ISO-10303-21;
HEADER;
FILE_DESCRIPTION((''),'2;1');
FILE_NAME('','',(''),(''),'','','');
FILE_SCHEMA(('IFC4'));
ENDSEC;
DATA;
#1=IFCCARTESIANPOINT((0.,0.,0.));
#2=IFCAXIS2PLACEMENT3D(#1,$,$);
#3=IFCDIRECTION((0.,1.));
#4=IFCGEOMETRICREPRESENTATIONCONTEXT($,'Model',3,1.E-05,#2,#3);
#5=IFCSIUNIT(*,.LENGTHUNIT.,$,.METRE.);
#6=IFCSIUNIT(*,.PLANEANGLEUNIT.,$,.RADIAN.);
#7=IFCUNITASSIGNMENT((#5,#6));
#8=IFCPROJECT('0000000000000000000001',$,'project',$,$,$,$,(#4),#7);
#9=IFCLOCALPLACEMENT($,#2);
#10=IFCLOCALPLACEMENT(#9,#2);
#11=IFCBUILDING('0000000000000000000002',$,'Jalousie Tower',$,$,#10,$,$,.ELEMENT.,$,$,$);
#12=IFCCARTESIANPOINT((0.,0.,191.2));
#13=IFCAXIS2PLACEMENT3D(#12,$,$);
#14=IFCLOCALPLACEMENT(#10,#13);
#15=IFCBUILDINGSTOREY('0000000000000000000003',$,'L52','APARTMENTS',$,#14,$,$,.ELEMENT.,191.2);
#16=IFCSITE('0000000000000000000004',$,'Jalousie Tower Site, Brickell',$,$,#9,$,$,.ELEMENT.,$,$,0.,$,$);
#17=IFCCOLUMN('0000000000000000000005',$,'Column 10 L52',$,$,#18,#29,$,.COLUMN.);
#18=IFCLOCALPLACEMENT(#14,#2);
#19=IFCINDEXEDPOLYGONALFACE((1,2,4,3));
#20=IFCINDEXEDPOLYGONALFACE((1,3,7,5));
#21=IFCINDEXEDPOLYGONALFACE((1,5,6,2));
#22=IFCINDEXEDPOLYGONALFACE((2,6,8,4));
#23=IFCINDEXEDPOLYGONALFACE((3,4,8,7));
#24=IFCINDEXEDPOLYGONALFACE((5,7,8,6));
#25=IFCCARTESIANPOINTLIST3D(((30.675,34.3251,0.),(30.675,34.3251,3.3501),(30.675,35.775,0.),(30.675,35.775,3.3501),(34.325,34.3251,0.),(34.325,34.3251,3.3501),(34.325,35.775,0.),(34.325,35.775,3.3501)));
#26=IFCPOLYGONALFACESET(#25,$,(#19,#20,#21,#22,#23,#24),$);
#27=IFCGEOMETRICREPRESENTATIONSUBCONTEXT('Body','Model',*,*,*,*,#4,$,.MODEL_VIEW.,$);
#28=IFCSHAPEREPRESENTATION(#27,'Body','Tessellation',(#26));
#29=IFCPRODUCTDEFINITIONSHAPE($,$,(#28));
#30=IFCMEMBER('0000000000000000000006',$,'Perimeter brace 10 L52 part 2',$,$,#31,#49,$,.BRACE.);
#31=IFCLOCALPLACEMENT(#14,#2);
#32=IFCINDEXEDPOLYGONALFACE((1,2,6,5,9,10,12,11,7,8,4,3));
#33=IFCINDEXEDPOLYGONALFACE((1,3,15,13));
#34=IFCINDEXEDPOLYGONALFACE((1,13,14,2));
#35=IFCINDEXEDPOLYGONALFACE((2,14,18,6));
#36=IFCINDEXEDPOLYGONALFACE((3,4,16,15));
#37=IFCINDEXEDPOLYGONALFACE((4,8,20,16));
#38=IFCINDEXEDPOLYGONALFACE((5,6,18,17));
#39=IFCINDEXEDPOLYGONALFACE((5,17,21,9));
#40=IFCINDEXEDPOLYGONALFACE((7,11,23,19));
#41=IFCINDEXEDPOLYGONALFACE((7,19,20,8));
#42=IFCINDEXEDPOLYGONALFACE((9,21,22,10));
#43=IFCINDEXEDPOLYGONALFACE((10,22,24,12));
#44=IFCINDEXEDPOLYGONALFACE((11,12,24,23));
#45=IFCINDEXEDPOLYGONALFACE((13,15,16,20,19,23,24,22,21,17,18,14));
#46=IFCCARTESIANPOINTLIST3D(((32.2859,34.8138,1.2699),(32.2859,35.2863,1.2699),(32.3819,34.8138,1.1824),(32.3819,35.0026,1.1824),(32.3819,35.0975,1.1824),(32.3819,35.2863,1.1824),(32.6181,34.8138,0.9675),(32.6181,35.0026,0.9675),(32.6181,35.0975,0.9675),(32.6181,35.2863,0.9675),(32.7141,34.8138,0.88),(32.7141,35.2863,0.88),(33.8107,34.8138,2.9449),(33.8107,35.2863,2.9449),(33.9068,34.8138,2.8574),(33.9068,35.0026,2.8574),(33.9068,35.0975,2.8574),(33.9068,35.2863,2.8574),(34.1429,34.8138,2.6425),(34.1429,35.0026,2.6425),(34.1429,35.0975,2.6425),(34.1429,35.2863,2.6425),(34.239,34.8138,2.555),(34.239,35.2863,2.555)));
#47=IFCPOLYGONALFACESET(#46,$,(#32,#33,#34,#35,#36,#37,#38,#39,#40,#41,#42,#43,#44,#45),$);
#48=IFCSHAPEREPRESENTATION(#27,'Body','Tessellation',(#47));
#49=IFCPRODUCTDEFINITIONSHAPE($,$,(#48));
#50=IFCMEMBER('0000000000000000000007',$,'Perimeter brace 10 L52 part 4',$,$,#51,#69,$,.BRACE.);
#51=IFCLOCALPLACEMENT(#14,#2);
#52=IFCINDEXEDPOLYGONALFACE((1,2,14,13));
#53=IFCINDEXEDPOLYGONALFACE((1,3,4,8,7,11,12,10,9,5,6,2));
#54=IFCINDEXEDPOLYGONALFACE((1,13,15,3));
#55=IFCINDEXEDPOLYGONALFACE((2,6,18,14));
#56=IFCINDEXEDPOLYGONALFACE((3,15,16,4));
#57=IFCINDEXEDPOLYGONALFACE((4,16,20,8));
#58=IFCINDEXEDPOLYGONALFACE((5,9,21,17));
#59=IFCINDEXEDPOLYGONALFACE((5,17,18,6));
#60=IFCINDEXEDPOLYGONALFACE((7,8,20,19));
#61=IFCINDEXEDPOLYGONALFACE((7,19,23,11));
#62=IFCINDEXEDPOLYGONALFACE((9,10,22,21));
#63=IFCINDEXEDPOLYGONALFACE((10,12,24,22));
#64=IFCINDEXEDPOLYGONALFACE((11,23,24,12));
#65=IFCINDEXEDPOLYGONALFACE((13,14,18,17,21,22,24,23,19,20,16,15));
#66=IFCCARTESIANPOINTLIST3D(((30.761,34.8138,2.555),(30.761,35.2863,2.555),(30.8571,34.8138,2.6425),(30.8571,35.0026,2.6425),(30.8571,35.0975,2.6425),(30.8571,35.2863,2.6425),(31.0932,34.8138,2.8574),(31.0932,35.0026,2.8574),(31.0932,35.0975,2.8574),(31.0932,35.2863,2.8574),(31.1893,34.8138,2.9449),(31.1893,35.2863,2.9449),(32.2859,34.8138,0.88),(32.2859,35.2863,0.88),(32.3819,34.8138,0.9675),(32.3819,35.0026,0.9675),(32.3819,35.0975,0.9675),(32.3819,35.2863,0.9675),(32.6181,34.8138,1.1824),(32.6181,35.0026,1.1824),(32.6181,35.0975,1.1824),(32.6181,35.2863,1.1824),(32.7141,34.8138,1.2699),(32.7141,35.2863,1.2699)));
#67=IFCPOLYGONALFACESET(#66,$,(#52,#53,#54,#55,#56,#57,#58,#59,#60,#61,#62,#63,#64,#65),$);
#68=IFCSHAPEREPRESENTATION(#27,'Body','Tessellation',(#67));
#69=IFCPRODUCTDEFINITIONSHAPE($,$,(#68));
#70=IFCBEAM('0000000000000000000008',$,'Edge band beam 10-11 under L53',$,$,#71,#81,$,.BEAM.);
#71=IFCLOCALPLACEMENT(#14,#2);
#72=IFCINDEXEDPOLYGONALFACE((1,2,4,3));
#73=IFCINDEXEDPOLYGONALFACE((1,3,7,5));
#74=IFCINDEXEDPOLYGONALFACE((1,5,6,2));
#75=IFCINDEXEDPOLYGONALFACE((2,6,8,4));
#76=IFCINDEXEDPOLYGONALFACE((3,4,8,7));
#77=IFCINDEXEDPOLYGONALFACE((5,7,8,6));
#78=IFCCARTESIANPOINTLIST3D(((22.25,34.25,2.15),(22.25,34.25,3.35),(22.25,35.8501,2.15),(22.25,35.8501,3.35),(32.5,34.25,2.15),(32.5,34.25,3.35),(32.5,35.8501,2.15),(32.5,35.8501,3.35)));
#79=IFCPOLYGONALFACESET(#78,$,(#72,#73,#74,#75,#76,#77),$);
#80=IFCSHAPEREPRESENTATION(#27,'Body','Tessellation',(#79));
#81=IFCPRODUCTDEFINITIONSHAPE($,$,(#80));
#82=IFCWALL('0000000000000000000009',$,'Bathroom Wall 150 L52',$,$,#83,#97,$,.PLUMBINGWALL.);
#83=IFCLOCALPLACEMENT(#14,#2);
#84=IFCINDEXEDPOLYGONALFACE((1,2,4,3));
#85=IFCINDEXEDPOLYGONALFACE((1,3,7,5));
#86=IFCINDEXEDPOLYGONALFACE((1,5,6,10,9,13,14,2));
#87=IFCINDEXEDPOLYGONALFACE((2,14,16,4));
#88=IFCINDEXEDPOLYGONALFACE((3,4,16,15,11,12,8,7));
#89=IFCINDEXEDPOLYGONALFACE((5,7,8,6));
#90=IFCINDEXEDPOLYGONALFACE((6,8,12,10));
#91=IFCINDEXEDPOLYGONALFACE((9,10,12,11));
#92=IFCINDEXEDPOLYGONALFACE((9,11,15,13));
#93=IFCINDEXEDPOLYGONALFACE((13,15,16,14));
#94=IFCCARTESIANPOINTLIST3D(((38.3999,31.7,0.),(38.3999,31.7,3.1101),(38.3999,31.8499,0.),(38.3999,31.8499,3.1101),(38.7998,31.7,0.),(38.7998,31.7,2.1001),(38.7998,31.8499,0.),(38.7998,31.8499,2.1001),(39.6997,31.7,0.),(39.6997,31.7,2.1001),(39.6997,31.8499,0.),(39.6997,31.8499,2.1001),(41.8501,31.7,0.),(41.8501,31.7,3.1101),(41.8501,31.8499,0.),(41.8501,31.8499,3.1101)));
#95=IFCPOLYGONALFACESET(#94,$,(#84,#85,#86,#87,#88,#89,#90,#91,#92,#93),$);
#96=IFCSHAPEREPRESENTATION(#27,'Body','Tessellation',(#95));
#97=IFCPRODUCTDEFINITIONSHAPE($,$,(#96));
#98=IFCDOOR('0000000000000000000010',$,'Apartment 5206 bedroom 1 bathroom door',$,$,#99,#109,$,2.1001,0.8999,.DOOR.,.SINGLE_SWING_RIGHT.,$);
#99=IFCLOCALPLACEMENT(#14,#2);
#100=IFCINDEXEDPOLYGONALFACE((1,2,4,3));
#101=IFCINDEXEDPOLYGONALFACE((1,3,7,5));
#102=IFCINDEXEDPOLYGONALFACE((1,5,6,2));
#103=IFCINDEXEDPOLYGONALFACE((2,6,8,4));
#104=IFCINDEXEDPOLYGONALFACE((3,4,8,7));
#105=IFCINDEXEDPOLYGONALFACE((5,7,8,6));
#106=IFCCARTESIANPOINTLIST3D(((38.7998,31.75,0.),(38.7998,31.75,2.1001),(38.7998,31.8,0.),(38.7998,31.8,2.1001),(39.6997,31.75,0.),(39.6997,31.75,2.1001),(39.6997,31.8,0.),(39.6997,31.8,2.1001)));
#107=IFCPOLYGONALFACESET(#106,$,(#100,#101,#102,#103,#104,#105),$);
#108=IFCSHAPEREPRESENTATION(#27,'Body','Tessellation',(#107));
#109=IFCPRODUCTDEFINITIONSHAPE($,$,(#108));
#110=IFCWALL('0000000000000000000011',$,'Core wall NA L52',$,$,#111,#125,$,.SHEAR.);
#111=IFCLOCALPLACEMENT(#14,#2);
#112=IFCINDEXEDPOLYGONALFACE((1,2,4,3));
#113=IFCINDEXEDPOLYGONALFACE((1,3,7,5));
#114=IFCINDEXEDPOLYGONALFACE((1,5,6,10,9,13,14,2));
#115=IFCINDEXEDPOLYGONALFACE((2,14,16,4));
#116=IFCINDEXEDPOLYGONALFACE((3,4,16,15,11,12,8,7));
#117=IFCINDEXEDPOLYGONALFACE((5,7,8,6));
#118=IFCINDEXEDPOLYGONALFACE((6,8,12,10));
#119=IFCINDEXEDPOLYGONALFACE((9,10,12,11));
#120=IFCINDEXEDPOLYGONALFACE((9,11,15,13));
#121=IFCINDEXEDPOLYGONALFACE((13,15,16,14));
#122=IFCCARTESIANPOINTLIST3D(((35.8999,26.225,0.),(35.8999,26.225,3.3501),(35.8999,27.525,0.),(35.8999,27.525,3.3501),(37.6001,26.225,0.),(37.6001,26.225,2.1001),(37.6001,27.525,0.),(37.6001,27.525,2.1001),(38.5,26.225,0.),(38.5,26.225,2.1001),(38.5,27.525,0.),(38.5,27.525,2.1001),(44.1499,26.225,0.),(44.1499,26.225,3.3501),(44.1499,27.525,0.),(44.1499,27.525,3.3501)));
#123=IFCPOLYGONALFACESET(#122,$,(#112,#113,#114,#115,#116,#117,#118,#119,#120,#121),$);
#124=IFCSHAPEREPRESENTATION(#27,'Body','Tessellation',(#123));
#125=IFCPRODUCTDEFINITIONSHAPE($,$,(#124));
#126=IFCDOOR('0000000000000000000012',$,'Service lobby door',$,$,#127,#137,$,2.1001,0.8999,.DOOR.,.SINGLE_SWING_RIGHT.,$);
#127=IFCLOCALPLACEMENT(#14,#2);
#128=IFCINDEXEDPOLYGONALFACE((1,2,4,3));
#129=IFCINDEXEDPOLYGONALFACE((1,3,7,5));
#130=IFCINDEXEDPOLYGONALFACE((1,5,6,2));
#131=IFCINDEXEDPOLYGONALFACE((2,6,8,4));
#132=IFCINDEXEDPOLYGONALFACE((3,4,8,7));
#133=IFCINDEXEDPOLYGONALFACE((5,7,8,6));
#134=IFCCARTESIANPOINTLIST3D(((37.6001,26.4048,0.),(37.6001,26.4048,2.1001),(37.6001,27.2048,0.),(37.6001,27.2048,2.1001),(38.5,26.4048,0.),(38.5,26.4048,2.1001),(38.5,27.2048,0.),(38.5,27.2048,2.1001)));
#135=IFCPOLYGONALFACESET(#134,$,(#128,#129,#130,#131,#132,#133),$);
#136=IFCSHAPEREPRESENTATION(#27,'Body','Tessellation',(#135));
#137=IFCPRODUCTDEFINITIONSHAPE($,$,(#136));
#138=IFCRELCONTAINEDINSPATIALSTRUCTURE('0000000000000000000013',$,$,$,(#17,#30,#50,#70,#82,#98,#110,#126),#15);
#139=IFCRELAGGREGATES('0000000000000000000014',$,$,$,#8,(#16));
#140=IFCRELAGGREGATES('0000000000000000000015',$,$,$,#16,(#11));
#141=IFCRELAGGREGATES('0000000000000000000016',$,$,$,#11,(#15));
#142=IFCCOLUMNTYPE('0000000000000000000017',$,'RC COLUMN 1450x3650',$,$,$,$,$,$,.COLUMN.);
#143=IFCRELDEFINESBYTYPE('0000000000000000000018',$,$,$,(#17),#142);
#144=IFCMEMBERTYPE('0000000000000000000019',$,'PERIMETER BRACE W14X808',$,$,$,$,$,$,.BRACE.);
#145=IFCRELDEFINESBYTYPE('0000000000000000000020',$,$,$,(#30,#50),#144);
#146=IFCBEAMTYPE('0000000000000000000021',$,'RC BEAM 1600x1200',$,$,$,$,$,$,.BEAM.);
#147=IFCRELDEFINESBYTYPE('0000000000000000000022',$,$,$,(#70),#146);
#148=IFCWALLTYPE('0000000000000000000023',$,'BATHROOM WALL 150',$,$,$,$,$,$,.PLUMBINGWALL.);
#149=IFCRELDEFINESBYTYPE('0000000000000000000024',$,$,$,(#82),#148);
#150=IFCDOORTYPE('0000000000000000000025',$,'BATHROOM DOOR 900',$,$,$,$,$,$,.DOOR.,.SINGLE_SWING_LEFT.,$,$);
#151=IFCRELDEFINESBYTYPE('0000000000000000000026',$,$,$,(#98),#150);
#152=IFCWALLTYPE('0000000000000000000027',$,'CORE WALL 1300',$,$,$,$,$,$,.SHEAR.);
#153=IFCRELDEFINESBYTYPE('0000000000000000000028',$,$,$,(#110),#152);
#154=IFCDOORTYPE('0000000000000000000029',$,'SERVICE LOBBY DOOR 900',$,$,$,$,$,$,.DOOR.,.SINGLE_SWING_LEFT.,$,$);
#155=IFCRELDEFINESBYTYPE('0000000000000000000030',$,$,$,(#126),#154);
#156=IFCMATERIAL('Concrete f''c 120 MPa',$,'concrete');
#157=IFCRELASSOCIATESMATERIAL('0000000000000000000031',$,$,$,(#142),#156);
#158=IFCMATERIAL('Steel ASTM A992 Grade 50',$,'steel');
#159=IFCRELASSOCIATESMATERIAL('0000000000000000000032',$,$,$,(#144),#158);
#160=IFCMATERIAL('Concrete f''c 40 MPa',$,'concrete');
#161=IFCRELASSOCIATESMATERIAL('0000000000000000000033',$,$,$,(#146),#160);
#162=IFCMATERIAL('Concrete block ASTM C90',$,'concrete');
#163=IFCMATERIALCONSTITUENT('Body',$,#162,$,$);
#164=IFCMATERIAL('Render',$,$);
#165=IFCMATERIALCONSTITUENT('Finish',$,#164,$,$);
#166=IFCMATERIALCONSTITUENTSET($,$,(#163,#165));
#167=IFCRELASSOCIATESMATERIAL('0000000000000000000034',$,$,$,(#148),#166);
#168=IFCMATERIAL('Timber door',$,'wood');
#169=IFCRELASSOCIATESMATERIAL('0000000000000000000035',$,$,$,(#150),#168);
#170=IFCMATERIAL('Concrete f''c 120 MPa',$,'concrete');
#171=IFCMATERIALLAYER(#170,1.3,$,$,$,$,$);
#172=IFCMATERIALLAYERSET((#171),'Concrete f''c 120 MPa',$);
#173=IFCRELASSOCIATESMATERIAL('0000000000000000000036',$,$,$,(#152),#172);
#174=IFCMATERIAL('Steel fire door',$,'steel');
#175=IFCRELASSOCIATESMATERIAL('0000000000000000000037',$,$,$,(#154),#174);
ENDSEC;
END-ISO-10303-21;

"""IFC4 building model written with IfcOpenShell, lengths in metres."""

from ifc_helpers import new_model, si_unit, direction, frame, frame_2d, origin, origin_2d, place, context, subcontext, project, spatial, rectangle, i_section, extrude, material, layer, layer_set, constituent, constituent_set, material_profile, profile_set, type_object, element, fill, save


model = new_model("IFC4")

# Units and contexts
model_context = context("Model", 3, precision=1e-05, world=origin(), true_north=direction((0.0, 1.0)))
body_context = subcontext(model_context, "Body", "Model", "MODEL_VIEW")
ifc_project = project(units=[si_unit("LENGTHUNIT", "METRE"), si_unit("PLANEANGLEUNIT", "RADIAN")], contexts=[model_context])

# Site, building, storey
site_placement = place(None, origin())
site = spatial("IfcSite", under=ifc_project, at=site_placement, Name="Jalousie Tower Site, Brickell", CompositionType="ELEMENT", RefElevation=0.0)
building_placement = place(site_placement, origin())
building = spatial("IfcBuilding", under=site, at=building_placement, Name="Jalousie Tower", CompositionType="ELEMENT")
storey_placement = place(building_placement, frame((0.0, 0.0, 191.2)))
storey = spatial("IfcBuildingStorey", under=building, at=storey_placement, Name="L52", Description="APARTMENTS", CompositionType="ELEMENT", Elevation=191.2)

# Column
ifc_material_1 = material(Name="Concrete f'c 120 MPa", Category="concrete")
ifc_material_profile_1 = material_profile(ifc_material_1, rectangle(XDim=1.45, YDim=3.6499, at=origin_2d()), Name="RC 1450x3650")
ifc_profile_set_1 = profile_set([ifc_material_profile_1], Name="Concrete f'c 120 MPa")
column_type = type_object("IfcColumnType", Name="RC COLUMN 1450x3650", PredefinedType="COLUMN", material=ifc_profile_set_1)
column_placement = place(storey_placement, frame((32.5, 35.05, 0.0), z_axis=(0.0, 0.0, 1.0), x_axis=(0.0, 1.0, 0.0)))
element("IfcColumn", 1, at=column_placement, inside=storey, type_object=column_type, Name="Column 10 L52", PredefinedType="COLUMN", context=body_context, shape_type="SweptSolid", body=[
    extrude(rectangle(XDim=1.45, YDim=3.6499, at=origin_2d()), origin(), (0.0, 0.0, 1.0), 3.3501),
])

# Members
ifc_material_2 = material(Name="Steel ASTM A992 Grade 50", Category="steel")
ifc_material_profile_2 = material_profile(ifc_material_2, i_section(OverallWidth=0.4724, OverallDepth=0.5791, WebThickness=0.095, FlangeThickness=0.1299, at=origin_2d()), Name="W14X808")
ifc_profile_set_2 = profile_set([ifc_material_profile_2], Name="Steel ASTM A992 Grade 50")
member_type = type_object("IfcMemberType", Name="PERIMETER BRACE W14X808", PredefinedType="BRACE", material=ifc_profile_set_2)
for number, where, z_axis, x_axis, name in (
    (2, (32.5, 35.05, 1.075), (0.673188, 0.0, 0.739472), (0.0, 1.0, 0.0), "Perimeter brace 10 L52 part 2"),
    (3, (32.5, 35.05, 1.075), (-0.673188, 0.0, 0.739472), (0.0, -1.0, 0.0), "Perimeter brace 10 L52 part 4"),
):
    element("IfcMember", number, at=place(storey_placement, frame(where, z_axis=z_axis, x_axis=x_axis)), inside=storey, type_object=member_type, Name=name, PredefinedType="BRACE", context=body_context, shape_type="SweptSolid", body=[
        extrude(i_section(OverallWidth=0.4724, OverallDepth=0.5791, WebThickness=0.095, FlangeThickness=0.1299, at=origin_2d()), origin(), (0.0, 0.0, 1.0), 2.2651),
    ])

# Beam
ifc_material_3 = material(Name="Concrete f'c 40 MPa", Category="concrete")
ifc_material_profile_3 = material_profile(ifc_material_3, rectangle(XDim=1.6001, YDim=1.2, at=origin_2d()), Name="RC 1600x1200")
ifc_profile_set_3 = profile_set([ifc_material_profile_3], Name="Concrete f'c 40 MPa")
beam_type = type_object("IfcBeamType", Name="RC BEAM 1600x1200", PredefinedType="BEAM", material=ifc_profile_set_3)
beam_placement = place(storey_placement, frame((32.5, 35.05, 2.75), z_axis=(-1.0, 0.0, 0.0), x_axis=(0.0, -1.0, 0.0)))
element("IfcBeam", 4, at=beam_placement, inside=storey, type_object=beam_type, Name="Edge band beam 10-11 under L53", PredefinedType="BEAM", context=body_context, shape_type="SweptSolid", body=[
    extrude(rectangle(XDim=1.6001, YDim=1.2, at=origin_2d()), origin(), (0.0, 0.0, 1.0), 10.25),
])

# Walls, openings, doors
ifc_material_4 = material(Name="Concrete block ASTM C90", Category="concrete")
ifc_constituent_1 = constituent(ifc_material_4, Name="Body")
ifc_material_5 = material(Name="Render")
ifc_constituent_2 = constituent(ifc_material_5, Name="Finish")
ifc_constituent_set_1 = constituent_set(constituents=[ifc_constituent_1, ifc_constituent_2])
wall_type_1 = type_object("IfcWallType", Name="BATHROOM WALL 150", PredefinedType="PLUMBINGWALL", material=ifc_constituent_set_1)
wall_1_placement = place(storey_placement, frame((38.3999, 31.7749, 0.0), z_axis=(0.0, 0.0, 1.0), x_axis=(1.0, 0.0, 0.0)))
wall_1 = element("IfcWall", 5, at=wall_1_placement, inside=storey, type_object=wall_type_1, Name="Bathroom Wall 150 L52", PredefinedType="PLUMBINGWALL", context=body_context, shape_type="SweptSolid", body=[
    extrude(rectangle(XDim=3.4502, YDim=0.1499, at=frame_2d((1.7251, 0.0))), origin(), (0.0, 0.0, 1.0), 3.1101),
])
opening_1_placement = place(wall_1_placement, frame((0.3999, 0.0, 0.0)))
opening_1 = element("IfcOpeningElement", 6, at=opening_1_placement, cuts=wall_1, PredefinedType="OPENING", context=body_context, shape_type="SweptSolid", body=[
    extrude(rectangle(XDim=0.8999, YDim=2.1001, at=frame_2d((0.45, 1.05))), frame((0.0, 0.085, 0.0), z_axis=(0.0, -1.0, 0.0), x_axis=(1.0, 0.0, 0.0)), (0.0, 0.0, 1.0), 0.1699),
])
ifc_material_6 = material(Name="Timber door", Category="wood")
door_type_1 = type_object("IfcDoorType", Name="BATHROOM DOOR 900", OperationType="SINGLE_SWING_LEFT", PredefinedType="DOOR", material=ifc_material_6)
door_1_placement = place(opening_1_placement, frame((0.8999, 0.0, 0.0), z_axis=(0.0, 0.0, 1.0), x_axis=(-1.0, 0.0, 0.0)))
door_1 = element("IfcDoor", 7, at=door_1_placement, inside=storey, type_object=door_type_1, Name="Apartment 5206 bedroom 1 bathroom door", OperationType="SINGLE_SWING_RIGHT", OverallHeight=2.1001, OverallWidth=0.8999, PredefinedType="DOOR", context=body_context, shape_type="SweptSolid", body=[
    extrude(rectangle(XDim=0.8999, YDim=2.1001, at=frame_2d((0.45, 1.05))), frame((0.0, 0.0249, 0.0), z_axis=(0.0, -1.0, 0.0), x_axis=(1.0, 0.0, 0.0)), (0.0, 0.0, 1.0), 0.05),
])
fill(opening_1, door_1)
ifc_material_7 = material(Name="Concrete f'c 120 MPa", Category="concrete")
ifc_layer = layer(ifc_material_7, 1.3)
ifc_layer_set = layer_set([ifc_layer], Name="Concrete f'c 120 MPa")
wall_type_2 = type_object("IfcWallType", Name="CORE WALL 1300", PredefinedType="SHEAR", material=ifc_layer_set)
wall_2_placement = place(storey_placement, frame((44.1499, 26.875, 0.0), z_axis=(0.0, 0.0, 1.0), x_axis=(-1.0, 0.0, 0.0)))
wall_2 = element("IfcWall", 8, at=wall_2_placement, inside=storey, type_object=wall_type_2, Name="Core wall NA L52", PredefinedType="SHEAR", context=body_context, shape_type="SweptSolid", body=[
    extrude(rectangle(XDim=8.25, YDim=1.3, at=frame_2d((4.125, 0.0))), origin(), (0.0, 0.0, 1.0), 3.3501),
])
opening_2_placement = place(wall_2_placement, frame((5.6499, 0.0, 0.0)))
opening_2 = element("IfcOpeningElement", 9, at=opening_2_placement, cuts=wall_2, PredefinedType="OPENING", context=body_context, shape_type="SweptSolid", body=[
    extrude(rectangle(XDim=0.8999, YDim=2.1001, at=frame_2d((0.45, 1.05))), frame((0.0, 0.6599, 0.0), z_axis=(0.0, -1.0, 0.0), x_axis=(1.0, 0.0, 0.0)), (0.0, 0.0, 1.0), 1.3201),
])
ifc_material_8 = material(Name="Steel fire door", Category="steel")
door_type_2 = type_object("IfcDoorType", Name="SERVICE LOBBY DOOR 900", OperationType="SINGLE_SWING_LEFT", PredefinedType="DOOR", material=ifc_material_8)
door_2_placement = place(opening_2_placement, origin())
door_2 = element("IfcDoor", 10, at=door_2_placement, inside=storey, type_object=door_type_2, Name="Service lobby door", OperationType="SINGLE_SWING_RIGHT", OverallHeight=2.1001, OverallWidth=0.8999, PredefinedType="DOOR", context=body_context, shape_type="SweptSolid", body=[
    extrude(rectangle(XDim=0.8999, YDim=2.1001, at=frame_2d((0.45, 1.05))), frame((0.0, 0.4702, 0.0), z_axis=(0.0, -1.0, 0.0), x_axis=(1.0, 0.0, 0.0)), (0.0, 0.0, 1.0), 0.8),
])
fill(opening_2, door_2)

save(model, "model.ifc")
